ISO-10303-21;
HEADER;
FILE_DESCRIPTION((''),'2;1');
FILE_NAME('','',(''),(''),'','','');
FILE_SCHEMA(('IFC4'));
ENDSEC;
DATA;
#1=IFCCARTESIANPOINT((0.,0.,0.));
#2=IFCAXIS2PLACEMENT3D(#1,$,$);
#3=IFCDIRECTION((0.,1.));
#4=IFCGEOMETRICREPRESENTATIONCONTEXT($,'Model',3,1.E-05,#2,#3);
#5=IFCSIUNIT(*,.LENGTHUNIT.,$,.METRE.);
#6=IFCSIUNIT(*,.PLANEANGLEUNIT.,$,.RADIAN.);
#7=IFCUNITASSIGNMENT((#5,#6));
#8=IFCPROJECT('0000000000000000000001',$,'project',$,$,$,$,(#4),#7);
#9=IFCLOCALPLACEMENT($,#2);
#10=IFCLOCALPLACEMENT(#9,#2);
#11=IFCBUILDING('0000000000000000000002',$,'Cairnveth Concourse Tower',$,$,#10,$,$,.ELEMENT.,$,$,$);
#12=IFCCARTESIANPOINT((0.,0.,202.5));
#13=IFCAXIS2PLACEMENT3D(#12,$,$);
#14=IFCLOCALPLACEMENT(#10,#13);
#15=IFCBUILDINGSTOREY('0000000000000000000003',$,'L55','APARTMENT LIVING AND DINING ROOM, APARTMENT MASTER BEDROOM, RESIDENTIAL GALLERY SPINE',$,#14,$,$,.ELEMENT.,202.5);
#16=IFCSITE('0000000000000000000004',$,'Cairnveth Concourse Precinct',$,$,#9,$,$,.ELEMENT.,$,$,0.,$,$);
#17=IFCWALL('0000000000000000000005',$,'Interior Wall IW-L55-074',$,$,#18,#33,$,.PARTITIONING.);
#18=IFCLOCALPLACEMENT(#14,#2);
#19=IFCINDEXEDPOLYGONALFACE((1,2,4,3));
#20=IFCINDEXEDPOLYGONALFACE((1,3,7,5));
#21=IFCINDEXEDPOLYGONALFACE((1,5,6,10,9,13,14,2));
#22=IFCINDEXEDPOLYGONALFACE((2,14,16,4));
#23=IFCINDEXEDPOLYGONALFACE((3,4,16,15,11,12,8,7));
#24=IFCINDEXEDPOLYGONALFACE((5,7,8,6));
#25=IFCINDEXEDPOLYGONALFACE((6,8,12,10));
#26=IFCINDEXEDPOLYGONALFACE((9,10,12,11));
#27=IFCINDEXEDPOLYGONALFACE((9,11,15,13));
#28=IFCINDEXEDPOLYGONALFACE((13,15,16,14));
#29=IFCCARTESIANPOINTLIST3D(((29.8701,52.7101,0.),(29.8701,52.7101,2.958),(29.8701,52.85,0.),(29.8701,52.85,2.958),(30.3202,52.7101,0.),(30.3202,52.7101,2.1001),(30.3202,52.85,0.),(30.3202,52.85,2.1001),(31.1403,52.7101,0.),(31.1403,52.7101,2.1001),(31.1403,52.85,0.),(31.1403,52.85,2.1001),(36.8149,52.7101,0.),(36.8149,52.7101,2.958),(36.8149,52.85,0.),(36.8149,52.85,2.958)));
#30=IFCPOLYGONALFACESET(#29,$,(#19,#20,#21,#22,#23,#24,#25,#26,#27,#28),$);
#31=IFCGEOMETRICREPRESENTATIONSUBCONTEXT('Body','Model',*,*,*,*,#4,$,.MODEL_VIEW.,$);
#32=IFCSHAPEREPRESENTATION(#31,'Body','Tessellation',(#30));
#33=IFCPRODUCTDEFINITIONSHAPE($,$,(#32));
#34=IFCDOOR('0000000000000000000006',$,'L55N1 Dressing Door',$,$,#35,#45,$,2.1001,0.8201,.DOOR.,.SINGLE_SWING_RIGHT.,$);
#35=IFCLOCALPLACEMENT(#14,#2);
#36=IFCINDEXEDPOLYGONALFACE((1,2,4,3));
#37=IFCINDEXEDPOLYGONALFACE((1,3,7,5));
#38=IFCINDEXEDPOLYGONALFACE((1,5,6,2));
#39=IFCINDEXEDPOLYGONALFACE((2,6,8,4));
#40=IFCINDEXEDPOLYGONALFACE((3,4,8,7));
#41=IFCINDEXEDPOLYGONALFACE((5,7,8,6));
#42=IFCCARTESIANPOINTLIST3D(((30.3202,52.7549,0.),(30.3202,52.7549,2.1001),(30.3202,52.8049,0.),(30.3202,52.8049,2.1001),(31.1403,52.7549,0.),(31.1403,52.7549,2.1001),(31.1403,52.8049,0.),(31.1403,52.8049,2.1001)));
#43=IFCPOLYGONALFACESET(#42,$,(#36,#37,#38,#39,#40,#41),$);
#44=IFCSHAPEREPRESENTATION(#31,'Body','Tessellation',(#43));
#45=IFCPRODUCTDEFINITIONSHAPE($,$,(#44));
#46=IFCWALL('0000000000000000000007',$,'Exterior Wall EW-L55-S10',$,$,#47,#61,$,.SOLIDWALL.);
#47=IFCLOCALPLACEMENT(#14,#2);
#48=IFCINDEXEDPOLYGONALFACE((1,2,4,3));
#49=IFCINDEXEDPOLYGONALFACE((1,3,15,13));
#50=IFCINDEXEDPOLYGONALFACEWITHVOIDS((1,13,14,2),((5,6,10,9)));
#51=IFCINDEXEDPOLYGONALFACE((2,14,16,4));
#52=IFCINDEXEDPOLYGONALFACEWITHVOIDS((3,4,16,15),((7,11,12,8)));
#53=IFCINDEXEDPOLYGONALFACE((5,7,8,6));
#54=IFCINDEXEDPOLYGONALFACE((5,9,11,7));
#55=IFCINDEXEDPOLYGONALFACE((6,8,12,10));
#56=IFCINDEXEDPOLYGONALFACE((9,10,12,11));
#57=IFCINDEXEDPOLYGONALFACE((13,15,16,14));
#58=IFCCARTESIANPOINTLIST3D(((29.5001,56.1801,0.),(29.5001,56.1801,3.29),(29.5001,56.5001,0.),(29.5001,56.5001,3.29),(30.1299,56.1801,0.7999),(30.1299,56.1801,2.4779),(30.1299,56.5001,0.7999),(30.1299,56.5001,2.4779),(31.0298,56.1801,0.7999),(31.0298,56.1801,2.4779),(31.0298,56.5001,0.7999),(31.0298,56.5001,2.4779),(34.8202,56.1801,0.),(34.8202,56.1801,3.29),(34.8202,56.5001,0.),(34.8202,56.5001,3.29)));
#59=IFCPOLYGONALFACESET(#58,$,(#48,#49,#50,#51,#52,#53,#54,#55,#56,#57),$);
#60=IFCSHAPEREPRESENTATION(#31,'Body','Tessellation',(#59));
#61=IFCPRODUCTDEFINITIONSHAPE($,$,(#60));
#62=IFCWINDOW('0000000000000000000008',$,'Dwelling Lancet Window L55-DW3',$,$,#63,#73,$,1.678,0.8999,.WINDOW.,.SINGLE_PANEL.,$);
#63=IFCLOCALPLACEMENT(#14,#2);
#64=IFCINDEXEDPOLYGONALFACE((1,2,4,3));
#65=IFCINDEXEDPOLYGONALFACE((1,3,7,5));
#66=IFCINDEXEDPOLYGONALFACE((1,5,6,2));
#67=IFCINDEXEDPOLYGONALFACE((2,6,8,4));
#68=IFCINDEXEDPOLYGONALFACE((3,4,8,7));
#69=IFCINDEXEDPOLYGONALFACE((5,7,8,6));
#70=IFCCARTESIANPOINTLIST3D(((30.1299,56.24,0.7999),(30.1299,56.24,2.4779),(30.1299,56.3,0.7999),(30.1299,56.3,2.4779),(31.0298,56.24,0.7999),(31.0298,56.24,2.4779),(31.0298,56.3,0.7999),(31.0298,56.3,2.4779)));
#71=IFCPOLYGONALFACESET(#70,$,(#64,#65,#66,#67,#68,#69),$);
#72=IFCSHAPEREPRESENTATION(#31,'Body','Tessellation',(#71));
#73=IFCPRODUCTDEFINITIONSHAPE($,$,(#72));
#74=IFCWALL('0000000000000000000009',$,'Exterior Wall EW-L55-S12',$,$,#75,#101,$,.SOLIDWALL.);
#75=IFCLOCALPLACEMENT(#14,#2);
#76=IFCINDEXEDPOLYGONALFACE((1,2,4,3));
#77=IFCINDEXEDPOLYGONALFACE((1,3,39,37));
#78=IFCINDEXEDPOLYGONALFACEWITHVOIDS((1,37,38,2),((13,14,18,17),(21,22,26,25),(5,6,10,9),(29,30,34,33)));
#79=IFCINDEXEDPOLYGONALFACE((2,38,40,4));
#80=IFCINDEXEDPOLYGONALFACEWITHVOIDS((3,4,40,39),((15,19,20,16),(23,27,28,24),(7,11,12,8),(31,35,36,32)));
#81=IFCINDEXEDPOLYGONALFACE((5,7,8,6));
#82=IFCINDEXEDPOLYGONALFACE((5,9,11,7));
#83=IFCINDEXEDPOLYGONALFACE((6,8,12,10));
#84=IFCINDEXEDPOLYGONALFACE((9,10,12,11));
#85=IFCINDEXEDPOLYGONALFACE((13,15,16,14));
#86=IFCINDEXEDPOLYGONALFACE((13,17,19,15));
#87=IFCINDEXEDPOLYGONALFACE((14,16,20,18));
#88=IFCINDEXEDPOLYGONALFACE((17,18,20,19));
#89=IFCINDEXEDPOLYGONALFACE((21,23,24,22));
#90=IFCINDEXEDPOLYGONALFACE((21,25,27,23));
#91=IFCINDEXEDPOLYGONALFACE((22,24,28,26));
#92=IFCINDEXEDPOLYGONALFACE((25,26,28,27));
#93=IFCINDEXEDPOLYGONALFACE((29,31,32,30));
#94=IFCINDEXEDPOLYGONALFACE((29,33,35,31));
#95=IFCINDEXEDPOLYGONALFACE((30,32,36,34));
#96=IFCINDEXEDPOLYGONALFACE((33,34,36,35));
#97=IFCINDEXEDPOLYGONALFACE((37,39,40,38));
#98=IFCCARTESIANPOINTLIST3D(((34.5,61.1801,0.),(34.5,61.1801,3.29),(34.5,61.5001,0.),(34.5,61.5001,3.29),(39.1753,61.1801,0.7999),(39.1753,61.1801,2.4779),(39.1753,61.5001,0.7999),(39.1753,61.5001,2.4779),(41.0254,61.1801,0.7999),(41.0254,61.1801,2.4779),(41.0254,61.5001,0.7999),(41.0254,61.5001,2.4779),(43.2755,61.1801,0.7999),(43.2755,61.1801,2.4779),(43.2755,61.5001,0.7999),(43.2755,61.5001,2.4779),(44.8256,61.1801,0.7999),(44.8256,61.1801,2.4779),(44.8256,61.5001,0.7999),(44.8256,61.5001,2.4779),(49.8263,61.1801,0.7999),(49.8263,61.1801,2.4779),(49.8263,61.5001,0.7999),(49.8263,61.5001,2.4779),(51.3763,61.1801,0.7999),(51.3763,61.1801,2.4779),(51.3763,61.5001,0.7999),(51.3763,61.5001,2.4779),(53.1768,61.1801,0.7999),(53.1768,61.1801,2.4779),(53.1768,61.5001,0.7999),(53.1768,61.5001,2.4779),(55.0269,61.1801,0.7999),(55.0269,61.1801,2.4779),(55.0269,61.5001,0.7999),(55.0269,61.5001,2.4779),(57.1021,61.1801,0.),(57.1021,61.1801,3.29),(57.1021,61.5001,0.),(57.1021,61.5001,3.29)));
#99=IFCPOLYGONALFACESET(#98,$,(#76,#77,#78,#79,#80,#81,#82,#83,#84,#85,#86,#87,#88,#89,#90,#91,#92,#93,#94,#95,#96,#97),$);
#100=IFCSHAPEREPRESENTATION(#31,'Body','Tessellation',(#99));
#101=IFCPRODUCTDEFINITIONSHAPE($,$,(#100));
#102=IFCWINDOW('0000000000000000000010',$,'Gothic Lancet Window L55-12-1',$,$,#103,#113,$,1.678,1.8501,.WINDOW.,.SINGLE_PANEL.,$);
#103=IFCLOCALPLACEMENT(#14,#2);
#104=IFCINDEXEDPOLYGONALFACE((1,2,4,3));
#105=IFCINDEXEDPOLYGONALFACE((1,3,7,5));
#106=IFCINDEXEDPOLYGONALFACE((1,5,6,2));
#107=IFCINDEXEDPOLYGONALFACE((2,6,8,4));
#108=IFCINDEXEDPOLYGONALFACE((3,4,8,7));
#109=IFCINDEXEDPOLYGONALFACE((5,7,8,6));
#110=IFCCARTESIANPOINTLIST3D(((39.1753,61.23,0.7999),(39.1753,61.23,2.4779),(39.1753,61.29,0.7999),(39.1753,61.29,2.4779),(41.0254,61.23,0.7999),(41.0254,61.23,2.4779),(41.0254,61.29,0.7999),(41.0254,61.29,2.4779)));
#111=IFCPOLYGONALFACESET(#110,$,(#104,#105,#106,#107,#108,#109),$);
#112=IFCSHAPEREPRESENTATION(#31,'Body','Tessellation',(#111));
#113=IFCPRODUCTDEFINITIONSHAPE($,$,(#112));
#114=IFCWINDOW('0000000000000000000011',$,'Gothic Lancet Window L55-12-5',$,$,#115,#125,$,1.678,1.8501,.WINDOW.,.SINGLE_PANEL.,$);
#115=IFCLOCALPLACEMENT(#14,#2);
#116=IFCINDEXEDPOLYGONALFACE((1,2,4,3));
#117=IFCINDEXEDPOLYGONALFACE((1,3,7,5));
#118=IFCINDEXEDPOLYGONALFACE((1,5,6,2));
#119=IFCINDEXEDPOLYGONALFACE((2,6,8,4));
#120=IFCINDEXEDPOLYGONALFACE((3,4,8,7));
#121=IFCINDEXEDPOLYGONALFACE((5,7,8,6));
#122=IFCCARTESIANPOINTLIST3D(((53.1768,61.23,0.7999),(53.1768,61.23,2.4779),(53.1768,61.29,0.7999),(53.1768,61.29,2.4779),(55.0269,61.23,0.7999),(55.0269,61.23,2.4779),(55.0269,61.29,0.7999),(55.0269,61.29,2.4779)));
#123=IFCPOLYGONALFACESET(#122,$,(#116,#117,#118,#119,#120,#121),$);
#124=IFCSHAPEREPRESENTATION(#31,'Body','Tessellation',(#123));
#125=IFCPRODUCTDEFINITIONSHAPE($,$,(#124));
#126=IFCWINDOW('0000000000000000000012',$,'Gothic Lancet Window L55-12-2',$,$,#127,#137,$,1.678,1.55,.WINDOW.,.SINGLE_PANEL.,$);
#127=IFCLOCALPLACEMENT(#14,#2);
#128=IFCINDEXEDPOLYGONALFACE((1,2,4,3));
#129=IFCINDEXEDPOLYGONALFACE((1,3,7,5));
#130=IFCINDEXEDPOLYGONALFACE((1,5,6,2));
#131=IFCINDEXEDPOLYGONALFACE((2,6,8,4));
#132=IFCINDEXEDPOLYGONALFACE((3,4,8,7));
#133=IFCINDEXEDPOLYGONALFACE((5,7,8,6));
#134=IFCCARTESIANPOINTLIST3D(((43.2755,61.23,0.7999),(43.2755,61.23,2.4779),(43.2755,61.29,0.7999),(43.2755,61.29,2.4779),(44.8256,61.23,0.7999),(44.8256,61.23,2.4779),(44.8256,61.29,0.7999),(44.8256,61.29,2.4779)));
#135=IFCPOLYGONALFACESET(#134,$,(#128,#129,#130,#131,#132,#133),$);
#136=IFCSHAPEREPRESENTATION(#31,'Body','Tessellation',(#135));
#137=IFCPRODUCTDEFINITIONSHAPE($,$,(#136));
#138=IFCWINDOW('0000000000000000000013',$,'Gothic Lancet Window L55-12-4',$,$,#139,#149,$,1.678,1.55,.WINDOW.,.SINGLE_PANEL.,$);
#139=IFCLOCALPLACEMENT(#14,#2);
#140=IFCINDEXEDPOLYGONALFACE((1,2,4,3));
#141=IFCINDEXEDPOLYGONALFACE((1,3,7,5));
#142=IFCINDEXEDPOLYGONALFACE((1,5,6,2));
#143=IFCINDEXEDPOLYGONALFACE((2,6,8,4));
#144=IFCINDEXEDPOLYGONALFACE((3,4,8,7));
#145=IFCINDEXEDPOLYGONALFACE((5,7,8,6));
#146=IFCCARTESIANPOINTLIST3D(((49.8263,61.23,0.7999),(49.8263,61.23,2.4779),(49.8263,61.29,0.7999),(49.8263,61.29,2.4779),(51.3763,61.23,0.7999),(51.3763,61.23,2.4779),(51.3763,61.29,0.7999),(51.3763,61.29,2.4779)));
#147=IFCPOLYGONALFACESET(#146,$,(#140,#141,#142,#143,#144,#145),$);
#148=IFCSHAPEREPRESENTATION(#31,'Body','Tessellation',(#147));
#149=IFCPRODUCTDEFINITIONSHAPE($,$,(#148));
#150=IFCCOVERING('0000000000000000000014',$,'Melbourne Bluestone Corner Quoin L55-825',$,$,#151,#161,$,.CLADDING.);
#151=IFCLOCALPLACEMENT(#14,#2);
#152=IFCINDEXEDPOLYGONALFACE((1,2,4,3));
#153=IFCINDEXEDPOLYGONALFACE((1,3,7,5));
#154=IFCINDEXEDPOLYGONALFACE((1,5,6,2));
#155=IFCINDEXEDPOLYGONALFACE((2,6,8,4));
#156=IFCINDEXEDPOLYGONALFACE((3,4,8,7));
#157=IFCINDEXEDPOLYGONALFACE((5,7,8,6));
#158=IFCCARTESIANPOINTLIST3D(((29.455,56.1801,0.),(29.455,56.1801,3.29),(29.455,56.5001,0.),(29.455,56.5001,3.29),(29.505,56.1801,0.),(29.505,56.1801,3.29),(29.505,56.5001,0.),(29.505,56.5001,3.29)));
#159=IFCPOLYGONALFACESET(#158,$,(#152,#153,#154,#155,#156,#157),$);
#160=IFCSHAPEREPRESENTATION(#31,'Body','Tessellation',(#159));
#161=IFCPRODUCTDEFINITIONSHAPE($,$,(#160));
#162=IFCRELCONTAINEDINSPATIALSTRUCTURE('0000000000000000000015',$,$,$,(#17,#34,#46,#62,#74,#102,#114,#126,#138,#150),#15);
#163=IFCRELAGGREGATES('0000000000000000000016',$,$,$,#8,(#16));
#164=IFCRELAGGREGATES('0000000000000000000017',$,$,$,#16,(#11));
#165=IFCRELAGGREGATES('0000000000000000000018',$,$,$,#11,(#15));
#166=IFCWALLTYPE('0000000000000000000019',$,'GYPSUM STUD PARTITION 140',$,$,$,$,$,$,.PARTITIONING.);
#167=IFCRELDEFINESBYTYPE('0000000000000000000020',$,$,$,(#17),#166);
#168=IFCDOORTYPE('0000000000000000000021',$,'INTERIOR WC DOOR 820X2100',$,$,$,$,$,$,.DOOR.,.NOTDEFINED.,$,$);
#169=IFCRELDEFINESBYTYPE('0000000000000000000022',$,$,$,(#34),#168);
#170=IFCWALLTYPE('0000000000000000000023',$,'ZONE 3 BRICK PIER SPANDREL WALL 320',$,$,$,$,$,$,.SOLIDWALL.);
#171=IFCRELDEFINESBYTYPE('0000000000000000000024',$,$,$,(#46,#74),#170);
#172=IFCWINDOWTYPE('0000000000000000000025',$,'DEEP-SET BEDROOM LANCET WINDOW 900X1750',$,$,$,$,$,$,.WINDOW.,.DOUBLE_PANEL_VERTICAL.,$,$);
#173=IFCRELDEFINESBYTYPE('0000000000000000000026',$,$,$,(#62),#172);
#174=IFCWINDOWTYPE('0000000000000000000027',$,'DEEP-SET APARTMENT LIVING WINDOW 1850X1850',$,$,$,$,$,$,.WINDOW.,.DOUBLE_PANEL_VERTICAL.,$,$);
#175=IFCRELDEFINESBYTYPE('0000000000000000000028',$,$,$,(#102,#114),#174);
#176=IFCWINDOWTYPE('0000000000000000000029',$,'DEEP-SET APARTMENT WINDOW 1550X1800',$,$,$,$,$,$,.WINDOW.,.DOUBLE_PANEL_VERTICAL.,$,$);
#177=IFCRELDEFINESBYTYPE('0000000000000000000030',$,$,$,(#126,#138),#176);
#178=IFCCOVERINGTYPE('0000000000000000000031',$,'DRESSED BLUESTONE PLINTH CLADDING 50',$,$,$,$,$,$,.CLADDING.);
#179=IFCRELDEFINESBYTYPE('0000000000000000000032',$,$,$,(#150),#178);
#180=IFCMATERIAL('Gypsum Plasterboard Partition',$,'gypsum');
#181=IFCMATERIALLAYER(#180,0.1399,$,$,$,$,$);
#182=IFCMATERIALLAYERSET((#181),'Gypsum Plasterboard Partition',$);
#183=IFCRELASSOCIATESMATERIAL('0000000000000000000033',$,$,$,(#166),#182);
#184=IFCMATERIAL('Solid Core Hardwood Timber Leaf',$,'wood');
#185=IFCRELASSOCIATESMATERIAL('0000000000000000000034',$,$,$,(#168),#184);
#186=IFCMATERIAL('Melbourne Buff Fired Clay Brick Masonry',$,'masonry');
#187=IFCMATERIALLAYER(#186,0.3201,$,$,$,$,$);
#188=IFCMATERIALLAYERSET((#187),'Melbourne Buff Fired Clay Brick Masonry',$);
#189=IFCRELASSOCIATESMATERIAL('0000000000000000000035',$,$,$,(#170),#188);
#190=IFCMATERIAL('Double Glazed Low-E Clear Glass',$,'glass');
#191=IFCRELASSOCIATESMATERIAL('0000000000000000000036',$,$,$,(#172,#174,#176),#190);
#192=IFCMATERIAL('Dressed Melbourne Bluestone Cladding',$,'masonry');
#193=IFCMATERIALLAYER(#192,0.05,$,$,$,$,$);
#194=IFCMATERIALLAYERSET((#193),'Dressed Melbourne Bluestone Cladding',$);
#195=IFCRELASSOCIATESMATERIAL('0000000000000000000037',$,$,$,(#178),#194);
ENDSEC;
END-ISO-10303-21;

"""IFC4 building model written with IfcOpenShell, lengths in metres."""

from ifc_helpers import new_model, si_unit, direction, frame, frame_2d, origin, place, context, subcontext, project, spatial, rectangle, extrude, material, layer, layer_set, type_object, element, fill, save


model = new_model("IFC4")

# Units and contexts
model_context = context("Model", 3, precision=1e-05, world=origin(), true_north=direction((0.0, 1.0)))
body_context = subcontext(model_context, "Body", "Model", "MODEL_VIEW")
ifc_project = project(units=[si_unit("LENGTHUNIT", "METRE"), si_unit("PLANEANGLEUNIT", "RADIAN")], contexts=[model_context])

# Site, building, storey
site_placement = place(None, origin())
site = spatial("IfcSite", under=ifc_project, at=site_placement, Name="Cairnveth Concourse Precinct", CompositionType="ELEMENT", RefElevation=0.0)
building_placement = place(site_placement, origin())
building = spatial("IfcBuilding", under=site, at=building_placement, Name="Cairnveth Concourse Tower", CompositionType="ELEMENT")
storey_placement = place(building_placement, frame((0.0, 0.0, 202.5)))
storey = spatial("IfcBuildingStorey", under=building, at=storey_placement, Name="L55", Description="APARTMENT LIVING AND DINING ROOM, APARTMENT MASTER BEDROOM, RESIDENTIAL GALLERY SPINE", CompositionType="ELEMENT", Elevation=202.5)

# Shared definitions
ifc_material_1 = material(Name="Gypsum Plasterboard Partition", Category="gypsum")
ifc_material_2 = material(Name="Solid Core Hardwood Timber Leaf", Category="wood")

# Wall, opening, door
ifc_layer_1 = layer(ifc_material_1, 0.1399)
ifc_layer_set_1 = layer_set([ifc_layer_1], Name="Gypsum Plasterboard Partition")
wall_type_1 = type_object("IfcWallType", Name="GYPSUM STUD PARTITION 140", PredefinedType="PARTITIONING", material=ifc_layer_set_1)
wall_1_placement = place(storey_placement, frame((29.8701, 52.78, 0.0), z_axis=(0.0, 0.0, 1.0), x_axis=(1.0, 0.0, 0.0)))
wall_1 = element("IfcWall", 1, at=wall_1_placement, inside=storey, type_object=wall_type_1, Name="Interior Wall IW-L55-074", PredefinedType="PARTITIONING", context=body_context, shape_type="SweptSolid", body=[
    extrude(rectangle(XDim=6.9448, YDim=0.1399, at=frame_2d((3.4724, 0.0))), origin(), (0.0, 0.0, 1.0), 2.958),
])
opening_1_placement = place(wall_1_placement, frame((0.45, 0.0, 0.0)))
opening_1 = element("IfcOpeningElement", 2, at=opening_1_placement, cuts=wall_1, PredefinedType="OPENING", context=body_context, shape_type="SweptSolid", body=[
    extrude(rectangle(XDim=0.8201, YDim=2.1001, at=frame_2d((0.4102, 1.05))), frame((0.0, 0.0798, 0.0), z_axis=(0.0, -1.0, 0.0), x_axis=(1.0, 0.0, 0.0)), (0.0, 0.0, 1.0), 0.1599),
])
door_type_1 = type_object("IfcDoorType", Name="INTERIOR WC DOOR 820X2100", OperationType="NOTDEFINED", PredefinedType="DOOR", material=ifc_material_2)
door_1_placement = place(opening_1_placement, origin())
door_1 = element("IfcDoor", 3, at=door_1_placement, inside=storey, type_object=door_type_1, Name="L55N1 Dressing Door", OperationType="SINGLE_SWING_RIGHT", OverallHeight=2.1001, OverallWidth=0.8201, PredefinedType="DOOR", context=body_context, shape_type="SweptSolid", body=[
    extrude(rectangle(XDim=0.8201, YDim=2.1001, at=frame_2d((0.4102, 1.05))), frame((0.0, 0.0249, 0.0), z_axis=(0.0, -1.0, 0.0), x_axis=(1.0, 0.0, 0.0)), (0.0, 0.0, 1.0), 0.05),
])
fill(opening_1, door_1)

# Wall, opening, window
ifc_material_3 = material(Name="Melbourne Buff Fired Clay Brick Masonry", Category="masonry")
ifc_layer_2 = layer(ifc_material_3, 0.3201)
ifc_layer_set_2 = layer_set([ifc_layer_2], Name="Melbourne Buff Fired Clay Brick Masonry")
wall_type_2 = type_object("IfcWallType", Name="ZONE 3 BRICK PIER SPANDREL WALL 320", PredefinedType="SOLIDWALL", material=ifc_layer_set_2)
wall_2_placement = place(storey_placement, frame((29.5, 56.3401, 0.0), z_axis=(0.0, 0.0, 1.0), x_axis=(1.0, 0.0, 0.0)))
wall_2 = element("IfcWall", 4, at=wall_2_placement, inside=storey, type_object=wall_type_2, Name="Exterior Wall EW-L55-S10", PredefinedType="SOLIDWALL", context=body_context, shape_type="SweptSolid", body=[
    extrude(rectangle(XDim=5.3201, YDim=0.3201, at=frame_2d((2.6602, 0.0))), origin(), (0.0, 0.0, 1.0), 3.29),
])
opening_2_placement = place(wall_2_placement, frame((0.6299, 0.0, 0.8)))
opening_2 = element("IfcOpeningElement", 5, at=opening_2_placement, cuts=wall_2, PredefinedType="OPENING", context=body_context, shape_type="SweptSolid", body=[
    extrude(rectangle(XDim=0.8999, YDim=1.678, at=frame_2d((0.45, 0.8389))), frame((0.0, 0.1699, 0.0), z_axis=(0.0, -1.0, 0.0), x_axis=(1.0, 0.0, 0.0)), (0.0, 0.0, 1.0), 0.3401),
])
ifc_material_4 = material(Name="Double Glazed Low-E Clear Glass", Category="glass")
window_type_1 = type_object("IfcWindowType", Name="DEEP-SET BEDROOM LANCET WINDOW 900X1750", PartitioningType="DOUBLE_PANEL_VERTICAL", PredefinedType="WINDOW", material=ifc_material_4)
window_1_placement = place(opening_2_placement, origin())
window_1 = element("IfcWindow", 6, at=window_1_placement, inside=storey, type_object=window_type_1, Name="Dwelling Lancet Window L55-DW3", OverallHeight=1.678, OverallWidth=0.8999, PartitioningType="SINGLE_PANEL", PredefinedType="WINDOW", context=body_context, shape_type="SweptSolid", body=[
    extrude(rectangle(XDim=0.8999, YDim=1.678, at=frame_2d((0.45, 0.8389))), frame((0.0, -0.04, 0.0), z_axis=(0.0, -1.0, 0.0), x_axis=(1.0, 0.0, 0.0)), (0.0, 0.0, 1.0), 0.0601),
])
fill(opening_2, window_1)

# Wall, openings, windows
wall_3_placement = place(storey_placement, frame((34.5, 61.3401, 0.0), z_axis=(0.0, 0.0, 1.0), x_axis=(1.0, 0.0, 0.0)))
wall_3 = element("IfcWall", 7, at=wall_3_placement, inside=storey, type_object=wall_type_2, Name="Exterior Wall EW-L55-S12", PredefinedType="SOLIDWALL", context=body_context, shape_type="SweptSolid", body=[
    extrude(rectangle(XDim=22.6021, YDim=0.3201, at=frame_2d((11.301, 0.0))), origin(), (0.0, 0.0, 1.0), 3.29),
])
opening_3_placement = place(wall_3_placement, frame((4.6753, 0.0, 0.8)))
opening_3 = element("IfcOpeningElement", 8, at=opening_3_placement, cuts=wall_3, PredefinedType="OPENING", context=body_context, shape_type="SweptSolid", body=[
    extrude(rectangle(XDim=1.8501, YDim=1.678, at=frame_2d((0.925, 0.8389))), frame((0.0, 0.1699, 0.0), z_axis=(0.0, -1.0, 0.0), x_axis=(1.0, 0.0, 0.0)), (0.0, 0.0, 1.0), 0.3401),
])
opening_4_placement = place(wall_3_placement, frame((8.7756, 0.0, 0.8)))
opening_4 = element("IfcOpeningElement", 9, at=opening_4_placement, cuts=wall_3, PredefinedType="OPENING", context=body_context, shape_type="SweptSolid", body=[
    extrude(rectangle(XDim=1.55, YDim=1.678, at=frame_2d((0.7749, 0.8389))), frame((0.0, 0.1699, 0.0), z_axis=(0.0, -1.0, 0.0), x_axis=(1.0, 0.0, 0.0)), (0.0, 0.0, 1.0), 0.3401),
])
opening_5_placement = place(wall_3_placement, frame((15.3264, 0.0, 0.8)))
opening_5 = element("IfcOpeningElement", 10, at=opening_5_placement, cuts=wall_3, PredefinedType="OPENING", context=body_context, shape_type="SweptSolid", body=[
    extrude(rectangle(XDim=1.55, YDim=1.678, at=frame_2d((0.7749, 0.8389))), frame((0.0, 0.1699, 0.0), z_axis=(0.0, -1.0, 0.0), x_axis=(1.0, 0.0, 0.0)), (0.0, 0.0, 1.0), 0.3401),
])
opening_6_placement = place(wall_3_placement, frame((18.6768, 0.0, 0.8)))
opening_6 = element("IfcOpeningElement", 11, at=opening_6_placement, cuts=wall_3, PredefinedType="OPENING", context=body_context, shape_type="SweptSolid", body=[
    extrude(rectangle(XDim=1.8501, YDim=1.678, at=frame_2d((0.925, 0.8389))), frame((0.0, 0.1699, 0.0), z_axis=(0.0, -1.0, 0.0), x_axis=(1.0, 0.0, 0.0)), (0.0, 0.0, 1.0), 0.3401),
])
window_type_2 = type_object("IfcWindowType", Name="DEEP-SET APARTMENT LIVING WINDOW 1850X1850", PartitioningType="DOUBLE_PANEL_VERTICAL", PredefinedType="WINDOW", material=ifc_material_4)
window_2_placement = place(opening_3_placement, origin())
window_2 = element("IfcWindow", 12, at=window_2_placement, inside=storey, type_object=window_type_2, Name="Gothic Lancet Window L55-12-1", OverallHeight=1.678, OverallWidth=1.8501, PartitioningType="SINGLE_PANEL", PredefinedType="WINDOW", context=body_context, shape_type="SweptSolid", body=[
    extrude(rectangle(XDim=1.8501, YDim=1.678, at=frame_2d((0.925, 0.8389))), frame((0.0, -0.05, 0.0), z_axis=(0.0, -1.0, 0.0), x_axis=(1.0, 0.0, 0.0)), (0.0, 0.0, 1.0), 0.0601),
])
fill(opening_3, window_2)
window_3_placement = place(opening_6_placement, origin())
window_3 = element("IfcWindow", 13, at=window_3_placement, inside=storey, type_object=window_type_2, Name="Gothic Lancet Window L55-12-5", OverallHeight=1.678, OverallWidth=1.8501, PartitioningType="SINGLE_PANEL", PredefinedType="WINDOW", context=body_context, shape_type="SweptSolid", body=[
    extrude(rectangle(XDim=1.8501, YDim=1.678, at=frame_2d((0.925, 0.8389))), frame((0.0, -0.05, 0.0), z_axis=(0.0, -1.0, 0.0), x_axis=(1.0, 0.0, 0.0)), (0.0, 0.0, 1.0), 0.0601),
])
fill(opening_6, window_3)
window_type_3 = type_object("IfcWindowType", Name="DEEP-SET APARTMENT WINDOW 1550X1800", PartitioningType="DOUBLE_PANEL_VERTICAL", PredefinedType="WINDOW", material=ifc_material_4)
window_4_placement = place(opening_4_placement, origin())
window_4 = element("IfcWindow", 14, at=window_4_placement, inside=storey, type_object=window_type_3, Name="Gothic Lancet Window L55-12-2", OverallHeight=1.678, OverallWidth=1.55, PartitioningType="SINGLE_PANEL", PredefinedType="WINDOW", context=body_context, shape_type="SweptSolid", body=[
    extrude(rectangle(XDim=1.55, YDim=1.678, at=frame_2d((0.7749, 0.8389))), frame((0.0, -0.05, 0.0), z_axis=(0.0, -1.0, 0.0), x_axis=(1.0, 0.0, 0.0)), (0.0, 0.0, 1.0), 0.0601),
])
fill(opening_4, window_4)
window_5_placement = place(opening_5_placement, origin())
window_5 = element("IfcWindow", 15, at=window_5_placement, inside=storey, type_object=window_type_3, Name="Gothic Lancet Window L55-12-4", OverallHeight=1.678, OverallWidth=1.55, PartitioningType="SINGLE_PANEL", PredefinedType="WINDOW", context=body_context, shape_type="SweptSolid", body=[
    extrude(rectangle(XDim=1.55, YDim=1.678, at=frame_2d((0.7749, 0.8389))), frame((0.0, -0.05, 0.0), z_axis=(0.0, -1.0, 0.0), x_axis=(1.0, 0.0, 0.0)), (0.0, 0.0, 1.0), 0.0601),
])
fill(opening_5, window_5)

# Covering
ifc_material_5 = material(Name="Dressed Melbourne Bluestone Cladding", Category="masonry")
ifc_layer_3 = layer(ifc_material_5, 0.05)
ifc_layer_set_3 = layer_set([ifc_layer_3], Name="Dressed Melbourne Bluestone Cladding")
covering_type = type_object("IfcCoveringType", Name="DRESSED BLUESTONE PLINTH CLADDING 50", PredefinedType="CLADDING", material=ifc_layer_set_3)
for number, where, z_axis, x_axis, name in (
    (16, (29.48, 56.1799, 0.0), (0.0, 0.0, 1.0), (0.0, 1.0, 0.0), "Melbourne Bluestone Corner Quoin L55-825"),
):
    element("IfcCovering", number, at=place(storey_placement, frame(where, z_axis=z_axis, x_axis=x_axis)), inside=storey, type_object=covering_type, Name=name, PredefinedType="CLADDING", context=body_context, shape_type="SweptSolid", body=[
        extrude(rectangle(XDim=0.3201, YDim=0.05, at=frame_2d((0.1602, 0.0))), origin(), (0.0, 0.0, 1.0), 3.29),
    ])

save(model, "model.ifc")
